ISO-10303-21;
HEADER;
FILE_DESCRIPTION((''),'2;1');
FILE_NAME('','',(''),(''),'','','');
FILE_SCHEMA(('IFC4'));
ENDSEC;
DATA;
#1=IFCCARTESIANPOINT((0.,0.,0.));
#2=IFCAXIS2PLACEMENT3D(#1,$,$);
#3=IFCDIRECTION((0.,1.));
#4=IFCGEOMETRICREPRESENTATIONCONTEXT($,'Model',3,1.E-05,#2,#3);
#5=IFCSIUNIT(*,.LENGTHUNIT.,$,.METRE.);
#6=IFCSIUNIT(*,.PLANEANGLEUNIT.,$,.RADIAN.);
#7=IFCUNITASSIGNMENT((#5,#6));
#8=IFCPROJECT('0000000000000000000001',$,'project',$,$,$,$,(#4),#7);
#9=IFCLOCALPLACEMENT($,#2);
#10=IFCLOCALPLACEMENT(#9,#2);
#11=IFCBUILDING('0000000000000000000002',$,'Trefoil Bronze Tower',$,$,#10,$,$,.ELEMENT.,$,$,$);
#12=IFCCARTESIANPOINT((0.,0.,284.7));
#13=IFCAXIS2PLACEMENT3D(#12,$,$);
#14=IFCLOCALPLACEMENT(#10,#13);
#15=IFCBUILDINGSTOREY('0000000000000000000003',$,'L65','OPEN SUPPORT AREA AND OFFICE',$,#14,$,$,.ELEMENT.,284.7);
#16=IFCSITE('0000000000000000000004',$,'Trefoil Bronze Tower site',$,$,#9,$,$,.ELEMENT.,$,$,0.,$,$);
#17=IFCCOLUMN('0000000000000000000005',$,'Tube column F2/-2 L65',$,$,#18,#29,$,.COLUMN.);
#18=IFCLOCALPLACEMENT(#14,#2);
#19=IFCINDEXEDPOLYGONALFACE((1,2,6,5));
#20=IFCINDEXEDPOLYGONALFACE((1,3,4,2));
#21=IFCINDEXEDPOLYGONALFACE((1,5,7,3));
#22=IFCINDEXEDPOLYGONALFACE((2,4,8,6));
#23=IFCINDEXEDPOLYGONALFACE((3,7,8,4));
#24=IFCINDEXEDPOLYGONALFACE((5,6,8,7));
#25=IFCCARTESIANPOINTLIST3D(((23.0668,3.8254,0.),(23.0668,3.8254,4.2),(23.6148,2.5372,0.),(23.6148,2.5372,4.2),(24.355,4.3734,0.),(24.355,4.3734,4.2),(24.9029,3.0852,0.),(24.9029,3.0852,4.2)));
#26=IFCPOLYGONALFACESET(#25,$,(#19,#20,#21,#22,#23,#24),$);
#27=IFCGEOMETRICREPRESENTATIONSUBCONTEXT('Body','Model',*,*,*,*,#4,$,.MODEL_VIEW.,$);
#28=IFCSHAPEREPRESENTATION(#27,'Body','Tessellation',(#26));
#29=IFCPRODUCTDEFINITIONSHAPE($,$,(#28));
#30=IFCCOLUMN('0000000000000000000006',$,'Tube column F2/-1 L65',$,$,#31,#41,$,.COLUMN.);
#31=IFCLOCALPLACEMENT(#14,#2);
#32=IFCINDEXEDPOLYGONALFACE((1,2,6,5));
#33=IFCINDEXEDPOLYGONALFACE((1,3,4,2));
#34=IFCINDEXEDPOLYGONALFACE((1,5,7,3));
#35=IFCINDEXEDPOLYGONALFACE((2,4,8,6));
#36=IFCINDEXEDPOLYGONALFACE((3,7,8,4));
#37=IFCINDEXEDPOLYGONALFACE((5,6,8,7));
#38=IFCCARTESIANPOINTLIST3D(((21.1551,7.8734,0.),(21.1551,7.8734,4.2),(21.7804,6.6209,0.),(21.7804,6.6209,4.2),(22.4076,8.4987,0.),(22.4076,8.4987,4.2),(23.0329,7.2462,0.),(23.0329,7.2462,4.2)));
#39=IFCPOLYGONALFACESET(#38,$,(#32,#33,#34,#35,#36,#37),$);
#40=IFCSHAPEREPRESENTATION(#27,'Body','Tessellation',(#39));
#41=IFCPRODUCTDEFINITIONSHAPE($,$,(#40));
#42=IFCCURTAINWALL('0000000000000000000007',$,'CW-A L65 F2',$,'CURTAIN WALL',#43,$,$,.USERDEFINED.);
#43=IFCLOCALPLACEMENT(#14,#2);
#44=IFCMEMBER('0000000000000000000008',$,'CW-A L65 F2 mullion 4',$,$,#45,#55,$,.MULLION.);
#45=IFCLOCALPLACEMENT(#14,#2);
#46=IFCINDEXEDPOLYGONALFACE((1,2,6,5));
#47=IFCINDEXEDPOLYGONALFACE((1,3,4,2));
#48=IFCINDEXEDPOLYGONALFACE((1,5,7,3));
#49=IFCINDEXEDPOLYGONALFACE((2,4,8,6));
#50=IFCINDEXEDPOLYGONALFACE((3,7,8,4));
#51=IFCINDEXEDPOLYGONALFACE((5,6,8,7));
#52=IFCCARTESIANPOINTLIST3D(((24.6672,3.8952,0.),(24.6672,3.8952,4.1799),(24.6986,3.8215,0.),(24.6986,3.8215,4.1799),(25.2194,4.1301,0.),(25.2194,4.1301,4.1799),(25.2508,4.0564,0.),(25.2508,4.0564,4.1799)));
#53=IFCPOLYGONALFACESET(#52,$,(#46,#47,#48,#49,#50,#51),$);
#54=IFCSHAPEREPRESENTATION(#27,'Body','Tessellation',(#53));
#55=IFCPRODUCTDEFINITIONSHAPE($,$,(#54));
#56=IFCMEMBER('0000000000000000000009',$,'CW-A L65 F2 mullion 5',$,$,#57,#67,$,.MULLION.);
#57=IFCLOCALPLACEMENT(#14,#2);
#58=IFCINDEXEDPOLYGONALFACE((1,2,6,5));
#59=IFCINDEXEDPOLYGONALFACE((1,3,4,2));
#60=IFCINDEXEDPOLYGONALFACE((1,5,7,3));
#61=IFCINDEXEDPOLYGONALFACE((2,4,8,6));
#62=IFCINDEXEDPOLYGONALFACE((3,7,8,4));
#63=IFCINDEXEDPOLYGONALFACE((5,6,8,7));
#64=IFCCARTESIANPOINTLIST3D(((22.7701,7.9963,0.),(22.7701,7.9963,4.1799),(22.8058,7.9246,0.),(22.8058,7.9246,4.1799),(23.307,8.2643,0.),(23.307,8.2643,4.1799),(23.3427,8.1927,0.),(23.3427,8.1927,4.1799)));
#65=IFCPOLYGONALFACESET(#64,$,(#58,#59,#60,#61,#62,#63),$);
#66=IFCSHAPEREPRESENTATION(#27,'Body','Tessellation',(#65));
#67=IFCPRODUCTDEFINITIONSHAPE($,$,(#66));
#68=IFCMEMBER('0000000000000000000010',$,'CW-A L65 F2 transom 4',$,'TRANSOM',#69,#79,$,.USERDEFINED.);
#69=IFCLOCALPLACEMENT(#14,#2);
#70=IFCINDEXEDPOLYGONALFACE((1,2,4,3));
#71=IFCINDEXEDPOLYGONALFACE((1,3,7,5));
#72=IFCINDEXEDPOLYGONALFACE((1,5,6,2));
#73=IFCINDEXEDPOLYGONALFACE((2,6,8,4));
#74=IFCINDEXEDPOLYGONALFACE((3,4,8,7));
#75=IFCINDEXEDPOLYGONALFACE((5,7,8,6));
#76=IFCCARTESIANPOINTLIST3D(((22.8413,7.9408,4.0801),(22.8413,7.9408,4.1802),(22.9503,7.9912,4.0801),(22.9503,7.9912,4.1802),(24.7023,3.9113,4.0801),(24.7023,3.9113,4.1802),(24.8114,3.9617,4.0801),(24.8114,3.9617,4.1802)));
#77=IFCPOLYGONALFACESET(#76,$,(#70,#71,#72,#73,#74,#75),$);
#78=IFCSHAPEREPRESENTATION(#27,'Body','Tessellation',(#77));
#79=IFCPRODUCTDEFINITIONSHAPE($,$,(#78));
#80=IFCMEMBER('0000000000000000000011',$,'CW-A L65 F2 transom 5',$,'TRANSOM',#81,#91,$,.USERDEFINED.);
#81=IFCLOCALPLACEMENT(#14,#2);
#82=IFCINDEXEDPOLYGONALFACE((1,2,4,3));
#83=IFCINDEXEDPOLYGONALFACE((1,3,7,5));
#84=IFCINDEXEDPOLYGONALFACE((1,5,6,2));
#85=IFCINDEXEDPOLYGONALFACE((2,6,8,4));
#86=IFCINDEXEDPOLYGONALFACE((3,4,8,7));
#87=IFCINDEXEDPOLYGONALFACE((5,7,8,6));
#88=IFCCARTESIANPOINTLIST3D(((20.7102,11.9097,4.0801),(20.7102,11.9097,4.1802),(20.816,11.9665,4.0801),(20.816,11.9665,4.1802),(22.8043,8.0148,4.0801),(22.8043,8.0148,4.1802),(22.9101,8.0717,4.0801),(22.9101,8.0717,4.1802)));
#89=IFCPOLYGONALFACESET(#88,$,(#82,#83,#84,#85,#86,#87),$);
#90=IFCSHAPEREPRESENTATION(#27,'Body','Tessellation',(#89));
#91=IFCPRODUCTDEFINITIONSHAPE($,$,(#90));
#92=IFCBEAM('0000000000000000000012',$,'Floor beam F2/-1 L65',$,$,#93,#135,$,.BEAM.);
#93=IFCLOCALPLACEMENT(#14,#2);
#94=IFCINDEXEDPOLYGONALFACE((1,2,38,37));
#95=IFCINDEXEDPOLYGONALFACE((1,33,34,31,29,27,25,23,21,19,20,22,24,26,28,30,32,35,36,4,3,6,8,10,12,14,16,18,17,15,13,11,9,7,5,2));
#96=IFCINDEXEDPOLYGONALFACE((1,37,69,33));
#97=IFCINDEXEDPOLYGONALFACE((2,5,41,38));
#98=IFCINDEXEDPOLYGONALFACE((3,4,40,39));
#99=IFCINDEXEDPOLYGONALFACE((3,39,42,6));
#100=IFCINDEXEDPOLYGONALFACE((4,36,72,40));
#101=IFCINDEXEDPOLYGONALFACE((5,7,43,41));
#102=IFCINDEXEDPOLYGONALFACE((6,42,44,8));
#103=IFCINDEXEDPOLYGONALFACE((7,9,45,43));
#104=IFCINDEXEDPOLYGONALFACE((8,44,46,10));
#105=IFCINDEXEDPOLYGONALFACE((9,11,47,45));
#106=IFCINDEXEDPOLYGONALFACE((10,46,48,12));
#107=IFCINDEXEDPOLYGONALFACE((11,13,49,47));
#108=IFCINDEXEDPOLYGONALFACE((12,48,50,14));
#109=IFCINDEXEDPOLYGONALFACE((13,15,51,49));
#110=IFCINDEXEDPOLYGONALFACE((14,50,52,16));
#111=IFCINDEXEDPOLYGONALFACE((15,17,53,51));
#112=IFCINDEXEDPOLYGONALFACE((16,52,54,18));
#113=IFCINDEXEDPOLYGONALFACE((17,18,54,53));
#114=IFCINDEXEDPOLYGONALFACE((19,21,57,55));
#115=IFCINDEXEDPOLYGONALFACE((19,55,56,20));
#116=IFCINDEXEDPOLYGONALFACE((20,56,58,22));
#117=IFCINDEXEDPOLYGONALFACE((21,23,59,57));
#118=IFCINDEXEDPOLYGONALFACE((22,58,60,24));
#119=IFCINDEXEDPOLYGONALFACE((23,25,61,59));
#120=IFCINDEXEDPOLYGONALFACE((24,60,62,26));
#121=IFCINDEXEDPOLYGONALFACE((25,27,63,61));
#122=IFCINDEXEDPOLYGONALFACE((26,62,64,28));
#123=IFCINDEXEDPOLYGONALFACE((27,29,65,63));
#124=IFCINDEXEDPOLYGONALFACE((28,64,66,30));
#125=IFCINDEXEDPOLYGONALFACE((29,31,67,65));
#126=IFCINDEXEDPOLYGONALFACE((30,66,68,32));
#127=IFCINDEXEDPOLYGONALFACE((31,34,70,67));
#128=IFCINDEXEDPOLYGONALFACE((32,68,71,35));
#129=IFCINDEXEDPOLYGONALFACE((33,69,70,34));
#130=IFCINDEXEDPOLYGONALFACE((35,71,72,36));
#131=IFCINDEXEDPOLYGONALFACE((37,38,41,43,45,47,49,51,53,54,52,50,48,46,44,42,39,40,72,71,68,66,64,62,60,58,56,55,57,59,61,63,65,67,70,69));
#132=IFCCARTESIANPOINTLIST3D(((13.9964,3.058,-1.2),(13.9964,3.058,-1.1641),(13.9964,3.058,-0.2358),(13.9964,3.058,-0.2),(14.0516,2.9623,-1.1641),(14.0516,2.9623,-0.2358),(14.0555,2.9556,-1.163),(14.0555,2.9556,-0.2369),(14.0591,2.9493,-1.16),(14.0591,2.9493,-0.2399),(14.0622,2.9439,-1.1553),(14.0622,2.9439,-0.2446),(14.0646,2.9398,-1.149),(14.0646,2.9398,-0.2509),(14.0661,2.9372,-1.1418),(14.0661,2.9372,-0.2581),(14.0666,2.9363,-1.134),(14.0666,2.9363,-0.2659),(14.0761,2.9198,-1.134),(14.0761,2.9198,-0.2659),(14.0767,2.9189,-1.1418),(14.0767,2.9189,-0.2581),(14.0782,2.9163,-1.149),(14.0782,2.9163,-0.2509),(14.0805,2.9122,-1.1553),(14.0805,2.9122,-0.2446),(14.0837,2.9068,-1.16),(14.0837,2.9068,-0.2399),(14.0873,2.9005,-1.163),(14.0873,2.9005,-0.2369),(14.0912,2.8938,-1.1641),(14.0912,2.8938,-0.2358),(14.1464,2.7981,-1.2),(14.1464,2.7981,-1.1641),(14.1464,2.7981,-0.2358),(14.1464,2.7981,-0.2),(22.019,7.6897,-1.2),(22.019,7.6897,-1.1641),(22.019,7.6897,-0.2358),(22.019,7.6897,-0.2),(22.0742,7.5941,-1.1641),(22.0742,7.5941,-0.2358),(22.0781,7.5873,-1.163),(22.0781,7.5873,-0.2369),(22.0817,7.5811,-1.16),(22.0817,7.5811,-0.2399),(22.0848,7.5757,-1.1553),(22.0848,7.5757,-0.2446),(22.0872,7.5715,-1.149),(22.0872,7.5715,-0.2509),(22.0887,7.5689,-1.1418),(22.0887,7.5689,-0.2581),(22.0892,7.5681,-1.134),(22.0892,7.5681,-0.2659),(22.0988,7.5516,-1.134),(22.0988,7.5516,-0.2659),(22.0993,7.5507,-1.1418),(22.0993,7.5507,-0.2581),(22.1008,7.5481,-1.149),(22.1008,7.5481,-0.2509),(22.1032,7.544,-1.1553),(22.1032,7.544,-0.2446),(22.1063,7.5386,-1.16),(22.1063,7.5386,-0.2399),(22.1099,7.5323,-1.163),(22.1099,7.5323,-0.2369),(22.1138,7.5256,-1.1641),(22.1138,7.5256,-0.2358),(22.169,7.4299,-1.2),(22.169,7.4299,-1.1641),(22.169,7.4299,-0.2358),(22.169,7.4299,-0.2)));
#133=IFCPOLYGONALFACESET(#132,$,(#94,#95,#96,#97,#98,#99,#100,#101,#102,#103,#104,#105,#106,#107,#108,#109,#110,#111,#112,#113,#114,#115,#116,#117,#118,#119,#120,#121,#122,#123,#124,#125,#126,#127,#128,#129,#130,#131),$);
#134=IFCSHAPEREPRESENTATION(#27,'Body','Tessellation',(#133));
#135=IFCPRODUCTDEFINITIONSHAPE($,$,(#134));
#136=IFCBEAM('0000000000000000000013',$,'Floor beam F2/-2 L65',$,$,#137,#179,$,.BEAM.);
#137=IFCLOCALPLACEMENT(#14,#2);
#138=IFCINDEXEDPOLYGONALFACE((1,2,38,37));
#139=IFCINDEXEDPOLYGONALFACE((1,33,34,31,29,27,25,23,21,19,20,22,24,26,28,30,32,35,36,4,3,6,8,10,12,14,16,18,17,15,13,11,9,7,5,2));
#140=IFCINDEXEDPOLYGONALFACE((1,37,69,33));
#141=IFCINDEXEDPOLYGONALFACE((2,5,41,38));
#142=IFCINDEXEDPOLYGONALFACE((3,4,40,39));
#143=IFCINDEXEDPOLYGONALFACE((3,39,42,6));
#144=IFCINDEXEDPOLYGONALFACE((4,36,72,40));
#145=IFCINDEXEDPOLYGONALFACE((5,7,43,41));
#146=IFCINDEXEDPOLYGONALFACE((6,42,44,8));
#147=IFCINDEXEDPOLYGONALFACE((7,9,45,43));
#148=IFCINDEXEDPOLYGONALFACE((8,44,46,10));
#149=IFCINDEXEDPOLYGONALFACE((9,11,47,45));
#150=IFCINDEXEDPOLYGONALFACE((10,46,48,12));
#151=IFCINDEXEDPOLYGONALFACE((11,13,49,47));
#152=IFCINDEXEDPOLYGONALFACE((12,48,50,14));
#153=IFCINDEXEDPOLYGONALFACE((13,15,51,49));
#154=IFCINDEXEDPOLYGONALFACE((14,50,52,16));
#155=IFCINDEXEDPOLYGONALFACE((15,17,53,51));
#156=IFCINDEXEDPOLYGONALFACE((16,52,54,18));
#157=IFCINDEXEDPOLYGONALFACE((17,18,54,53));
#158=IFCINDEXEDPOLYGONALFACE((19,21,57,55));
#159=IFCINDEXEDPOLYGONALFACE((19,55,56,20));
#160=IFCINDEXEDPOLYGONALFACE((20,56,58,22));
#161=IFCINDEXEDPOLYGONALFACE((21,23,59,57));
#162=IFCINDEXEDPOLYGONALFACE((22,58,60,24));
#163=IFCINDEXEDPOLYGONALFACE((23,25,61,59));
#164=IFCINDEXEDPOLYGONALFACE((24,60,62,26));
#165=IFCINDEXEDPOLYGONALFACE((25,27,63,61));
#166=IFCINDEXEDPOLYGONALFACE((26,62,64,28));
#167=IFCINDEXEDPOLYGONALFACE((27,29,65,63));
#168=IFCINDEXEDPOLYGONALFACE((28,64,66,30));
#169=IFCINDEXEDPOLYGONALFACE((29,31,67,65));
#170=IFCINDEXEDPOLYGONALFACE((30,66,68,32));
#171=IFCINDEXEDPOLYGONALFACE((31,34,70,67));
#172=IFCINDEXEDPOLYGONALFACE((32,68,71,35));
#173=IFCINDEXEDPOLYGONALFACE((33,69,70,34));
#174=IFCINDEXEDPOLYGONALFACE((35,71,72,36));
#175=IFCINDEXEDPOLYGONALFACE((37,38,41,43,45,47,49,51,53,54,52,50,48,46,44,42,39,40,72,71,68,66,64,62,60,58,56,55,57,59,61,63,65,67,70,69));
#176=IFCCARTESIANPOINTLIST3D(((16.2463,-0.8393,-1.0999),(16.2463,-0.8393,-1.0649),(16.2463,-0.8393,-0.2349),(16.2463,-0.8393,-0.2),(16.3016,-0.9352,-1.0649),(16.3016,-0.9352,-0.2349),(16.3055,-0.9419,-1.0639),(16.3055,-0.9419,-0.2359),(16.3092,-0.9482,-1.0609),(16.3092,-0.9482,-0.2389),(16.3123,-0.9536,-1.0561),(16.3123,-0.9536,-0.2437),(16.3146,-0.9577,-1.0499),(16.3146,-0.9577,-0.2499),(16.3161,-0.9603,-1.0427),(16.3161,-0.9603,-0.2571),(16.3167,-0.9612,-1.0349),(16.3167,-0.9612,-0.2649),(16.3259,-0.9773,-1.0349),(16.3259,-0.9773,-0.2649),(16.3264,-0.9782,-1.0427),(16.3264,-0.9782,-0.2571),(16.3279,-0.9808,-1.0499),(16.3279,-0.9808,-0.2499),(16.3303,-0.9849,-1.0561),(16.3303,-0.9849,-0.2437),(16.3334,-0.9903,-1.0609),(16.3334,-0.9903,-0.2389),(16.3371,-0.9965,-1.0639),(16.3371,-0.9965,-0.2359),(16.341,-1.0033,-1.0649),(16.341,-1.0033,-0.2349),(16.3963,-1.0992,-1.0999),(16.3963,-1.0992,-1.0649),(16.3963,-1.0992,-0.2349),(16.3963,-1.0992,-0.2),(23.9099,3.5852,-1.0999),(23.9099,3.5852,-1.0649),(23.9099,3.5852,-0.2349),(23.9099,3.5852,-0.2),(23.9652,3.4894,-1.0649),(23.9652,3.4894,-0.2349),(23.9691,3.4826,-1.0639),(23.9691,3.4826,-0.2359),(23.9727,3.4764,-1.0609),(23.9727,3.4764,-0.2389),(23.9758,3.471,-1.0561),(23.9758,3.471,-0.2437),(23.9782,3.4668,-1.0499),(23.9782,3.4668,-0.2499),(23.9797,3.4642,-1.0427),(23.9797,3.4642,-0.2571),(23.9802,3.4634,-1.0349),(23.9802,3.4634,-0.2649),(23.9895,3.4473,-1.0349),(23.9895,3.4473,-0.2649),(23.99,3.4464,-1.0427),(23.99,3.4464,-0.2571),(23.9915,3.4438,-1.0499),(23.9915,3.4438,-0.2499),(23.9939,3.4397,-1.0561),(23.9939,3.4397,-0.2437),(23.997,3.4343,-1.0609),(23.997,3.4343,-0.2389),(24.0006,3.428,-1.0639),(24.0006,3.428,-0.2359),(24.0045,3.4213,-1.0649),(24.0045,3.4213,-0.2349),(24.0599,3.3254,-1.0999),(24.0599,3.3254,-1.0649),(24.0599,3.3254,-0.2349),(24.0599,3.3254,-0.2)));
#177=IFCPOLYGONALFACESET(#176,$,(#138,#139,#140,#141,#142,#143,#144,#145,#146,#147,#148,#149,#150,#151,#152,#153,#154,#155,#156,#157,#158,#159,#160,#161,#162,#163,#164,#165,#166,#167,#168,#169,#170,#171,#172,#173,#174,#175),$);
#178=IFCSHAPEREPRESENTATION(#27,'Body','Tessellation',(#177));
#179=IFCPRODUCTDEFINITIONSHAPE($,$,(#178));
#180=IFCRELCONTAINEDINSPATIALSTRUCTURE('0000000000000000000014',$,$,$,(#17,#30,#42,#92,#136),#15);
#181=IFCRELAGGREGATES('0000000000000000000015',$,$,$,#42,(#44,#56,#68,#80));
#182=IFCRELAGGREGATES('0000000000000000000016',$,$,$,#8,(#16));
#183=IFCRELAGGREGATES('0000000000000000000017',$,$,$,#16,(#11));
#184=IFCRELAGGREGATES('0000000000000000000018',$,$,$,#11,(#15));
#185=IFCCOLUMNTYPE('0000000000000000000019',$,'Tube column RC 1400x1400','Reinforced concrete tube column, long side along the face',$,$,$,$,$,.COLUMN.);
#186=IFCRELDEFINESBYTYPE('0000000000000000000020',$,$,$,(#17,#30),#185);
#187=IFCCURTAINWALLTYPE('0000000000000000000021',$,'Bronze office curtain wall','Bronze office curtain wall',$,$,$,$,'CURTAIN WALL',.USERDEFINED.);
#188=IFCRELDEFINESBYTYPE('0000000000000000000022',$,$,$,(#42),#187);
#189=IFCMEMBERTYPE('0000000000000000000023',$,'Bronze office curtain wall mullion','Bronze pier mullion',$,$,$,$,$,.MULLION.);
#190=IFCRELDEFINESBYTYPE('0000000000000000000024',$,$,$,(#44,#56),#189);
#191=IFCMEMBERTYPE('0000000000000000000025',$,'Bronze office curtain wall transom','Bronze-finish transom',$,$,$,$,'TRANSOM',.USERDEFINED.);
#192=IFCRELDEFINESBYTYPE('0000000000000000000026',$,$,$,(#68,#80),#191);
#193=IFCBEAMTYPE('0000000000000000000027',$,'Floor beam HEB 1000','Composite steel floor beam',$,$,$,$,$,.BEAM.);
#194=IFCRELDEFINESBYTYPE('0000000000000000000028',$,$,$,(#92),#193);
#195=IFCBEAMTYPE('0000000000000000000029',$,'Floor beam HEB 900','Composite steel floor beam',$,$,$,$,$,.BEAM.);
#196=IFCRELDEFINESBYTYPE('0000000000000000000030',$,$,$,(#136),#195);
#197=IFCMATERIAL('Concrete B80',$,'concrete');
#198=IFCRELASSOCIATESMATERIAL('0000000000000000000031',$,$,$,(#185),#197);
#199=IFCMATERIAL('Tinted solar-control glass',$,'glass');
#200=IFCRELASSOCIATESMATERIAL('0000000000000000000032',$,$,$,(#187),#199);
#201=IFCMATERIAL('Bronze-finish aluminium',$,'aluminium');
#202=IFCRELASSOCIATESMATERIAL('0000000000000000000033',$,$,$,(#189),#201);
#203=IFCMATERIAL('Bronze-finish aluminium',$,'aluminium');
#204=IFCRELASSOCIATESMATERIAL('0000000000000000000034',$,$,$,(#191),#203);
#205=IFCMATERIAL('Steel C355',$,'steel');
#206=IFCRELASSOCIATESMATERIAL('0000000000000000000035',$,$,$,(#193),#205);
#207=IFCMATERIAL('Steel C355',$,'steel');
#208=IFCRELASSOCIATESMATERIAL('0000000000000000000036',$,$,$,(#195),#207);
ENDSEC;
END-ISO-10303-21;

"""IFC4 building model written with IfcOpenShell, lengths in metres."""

from ifc_helpers import new_model, si_unit, direction, frame, origin, origin_2d, place, context, subcontext, project, spatial, rectangle, i_section, extrude, material, material_profile, profile_set, type_object, element, aggregate, save


model = new_model("IFC4")

# Units and contexts
model_context = context("Model", 3, precision=1e-05, world=origin(), true_north=direction((0.0, 1.0)))
body_context = subcontext(model_context, "Body", "Model", "MODEL_VIEW")
ifc_project = project(units=[si_unit("LENGTHUNIT", "METRE"), si_unit("PLANEANGLEUNIT", "RADIAN")], contexts=[model_context])

# Site, building, storey
site_placement = place(None, origin())
site = spatial("IfcSite", under=ifc_project, at=site_placement, Name="Trefoil Bronze Tower site", CompositionType="ELEMENT", RefElevation=0.0)
building_placement = place(site_placement, origin())
building = spatial("IfcBuilding", under=site, at=building_placement, Name="Trefoil Bronze Tower", CompositionType="ELEMENT")
storey_placement = place(building_placement, frame((0.0, 0.0, 284.7)))
storey = spatial("IfcBuildingStorey", under=building, at=storey_placement, Name="L65", Description="OPEN SUPPORT AREA AND OFFICE", CompositionType="ELEMENT", Elevation=284.7)

# Columns
ifc_material_1 = material(Name="Concrete B80", Category="concrete")
ifc_material_profile_1 = material_profile(ifc_material_1, rectangle(XDim=1.3999, YDim=1.3999, at=origin_2d()), Name="RC 1400x1400")
ifc_profile_set_1 = profile_set([ifc_material_profile_1], Name="Concrete B80")
column_type = type_object("IfcColumnType", Name="Tube column RC 1400x1400", Description="Reinforced concrete tube column, long side along the face", PredefinedType="COLUMN", material=ifc_profile_set_1)
for number, where, z_axis, x_axis, name in (
    (1, (23.9849, 3.4553, 0.0), (0.0, 0.0, 1.0), (-0.391436, 0.920205, 0.0), "Tube column F2/-2 L65"),
    (2, (22.094, 7.5598, 0.0), (0.0, 0.0, 1.0), (-0.446641, 0.894713, 0.0), "Tube column F2/-1 L65"),
):
    element("IfcColumn", number, at=place(storey_placement, frame(where, z_axis=z_axis, x_axis=x_axis)), inside=storey, type_object=column_type, Name=name, PredefinedType="COLUMN", context=body_context, shape_type="SweptSolid", body=[
        extrude(rectangle(XDim=1.3999, YDim=1.3999, at=origin_2d()), origin(), (0.0, 0.0, 1.0), 4.2),
    ])

# Curtain wall, members
ifc_material_2 = material(Name="Tinted solar-control glass", Category="glass")
curtain_wall_type = type_object("IfcCurtainWallType", Name="Bronze office curtain wall", Description="Bronze office curtain wall", ElementType="CURTAIN WALL", PredefinedType="USERDEFINED", material=ifc_material_2)
curtain_wall_placement = place(storey_placement, origin())
curtain_wall = element("IfcCurtainWall", 3, at=curtain_wall_placement, inside=storey, type_object=curtain_wall_type, Name="CW-A L65 F2", ObjectType="CURTAIN WALL", PredefinedType="USERDEFINED")
ifc_material_3 = material(Name="Bronze-finish aluminium", Category="aluminium")
ifc_material_profile_2 = material_profile(ifc_material_3, rectangle(XDim=0.6001, YDim=0.0801, at=origin_2d()), Name="CW-A mullion")
ifc_profile_set_2 = profile_set([ifc_material_profile_2], Name="Bronze-finish aluminium")
member_type_1 = type_object("IfcMemberType", Name="Bronze office curtain wall mullion", Description="Bronze pier mullion", PredefinedType="MULLION", material=ifc_profile_set_2)
member_1_placement = place(storey_placement, frame((24.959, 3.9758, 0.0), z_axis=(0.0, 0.0, 1.0), x_axis=(-0.920205, -0.391436, 0.0)))
member_1 = element("IfcMember", 4, at=member_1_placement, type_object=member_type_1, Name="CW-A L65 F2 mullion 4", PredefinedType="MULLION", context=body_context, shape_type="SweptSolid", body=[
    extrude(rectangle(XDim=0.6001, YDim=0.0801, at=origin_2d()), origin(), (0.0, 0.0, 1.0), 4.1799),
])
member_2_placement = place(storey_placement, frame((23.0564, 8.0945, 0.0), z_axis=(0.0, 0.0, 1.0), x_axis=(-0.894713, -0.446641, 0.0)))
member_2 = element("IfcMember", 5, at=member_2_placement, type_object=member_type_1, Name="CW-A L65 F2 mullion 5", PredefinedType="MULLION", context=body_context, shape_type="SweptSolid", body=[
    extrude(rectangle(XDim=0.6001, YDim=0.0801, at=origin_2d()), origin(), (0.0, 0.0, 1.0), 4.1799),
])
ifc_material_4 = material(Name="Bronze-finish aluminium", Category="aluminium")
ifc_material_profile_3 = material_profile(ifc_material_4, rectangle(XDim=0.1201, YDim=0.1001, at=origin_2d()), Name="CW-A transom")
ifc_profile_set_3 = profile_set([ifc_material_profile_3], Name="Bronze-finish aluminium")
member_type_2 = type_object("IfcMemberType", Name="Bronze office curtain wall transom", Description="Bronze-finish transom", ElementType="TRANSOM", PredefinedType="USERDEFINED", material=ifc_profile_set_3)
member_3_placement = place(storey_placement, frame((24.7568, 3.9365, 4.1301), z_axis=(-0.419299, 0.907848, 0.0), x_axis=(-0.907848, -0.419299, 0.0)))
member_3 = element("IfcMember", 6, at=member_3_placement, type_object=member_type_2, Name="CW-A L65 F2 transom 4", ObjectType="TRANSOM", PredefinedType="USERDEFINED", context=body_context, shape_type="SweptSolid", body=[
    extrude(rectangle(XDim=0.1201, YDim=0.1001, at=origin_2d()), origin(), (0.0, 0.0, 1.0), 4.4385),
])
member_4_placement = place(storey_placement, frame((22.8572, 8.0432, 4.1301), z_axis=(-0.47354, 0.880772, 0.0), x_axis=(-0.880772, -0.47354, 0.0)))
member_4 = element("IfcMember", 7, at=member_4_placement, type_object=member_type_2, Name="CW-A L65 F2 transom 5", ObjectType="TRANSOM", PredefinedType="USERDEFINED", context=body_context, shape_type="SweptSolid", body=[
    extrude(rectangle(XDim=0.1201, YDim=0.1001, at=origin_2d()), origin(), (0.0, 0.0, 1.0), 4.4221),
])

# Beams
ifc_material_5 = material(Name="Steel C355", Category="steel")
ifc_material_profile_4 = material_profile(ifc_material_5, i_section(OverallWidth=0.3, OverallDepth=1.0, WebThickness=0.019, FlangeThickness=0.0359, FilletRadius=0.03, at=origin_2d()), Name="HEB 1000")
ifc_profile_set_4 = profile_set([ifc_material_profile_4], Name="Steel C355")
beam_type_1 = type_object("IfcBeamType", Name="Floor beam HEB 1000", Description="Composite steel floor beam", PredefinedType="BEAM", material=ifc_profile_set_4)
beam_1_placement = place(storey_placement, frame((22.094, 7.5598, -0.7), z_axis=(-0.866029, -0.499994, 0.0), x_axis=(0.499994, -0.866029, 0.0)))
element("IfcBeam", 8, at=beam_1_placement, inside=storey, type_object=beam_type_1, Name="Floor beam F2/-1 L65", PredefinedType="BEAM", context=body_context, shape_type="SweptSolid", body=[
    extrude(i_section(OverallWidth=0.3, OverallDepth=1.0, WebThickness=0.019, FlangeThickness=0.0359, FilletRadius=0.03, at=origin_2d()), origin(), (0.0, 0.0, 1.0), 9.2637),
])
ifc_material_6 = material(Name="Steel C355", Category="steel")
ifc_material_profile_5 = material_profile(ifc_material_6, i_section(OverallWidth=0.3, OverallDepth=0.8999, WebThickness=0.0186, FlangeThickness=0.0349, FilletRadius=0.03, at=origin_2d()), Name="HEB 900")
ifc_profile_set_5 = profile_set([ifc_material_profile_5], Name="Steel C355")
beam_type_2 = type_object("IfcBeamType", Name="Floor beam HEB 900", Description="Composite steel floor beam", PredefinedType="BEAM", material=ifc_profile_set_5)
beam_2_placement = place(storey_placement, frame((23.9849, 3.4553, -0.6499), z_axis=(-0.866026, -0.499999, 0.0), x_axis=(0.499999, -0.866026, 0.0)))
element("IfcBeam", 9, at=beam_2_placement, inside=storey, type_object=beam_type_2, Name="Floor beam F2/-2 L65", PredefinedType="BEAM", context=body_context, shape_type="SweptSolid", body=[
    extrude(i_section(OverallWidth=0.3, OverallDepth=0.8999, WebThickness=0.0186, FlangeThickness=0.0349, FilletRadius=0.03, at=origin_2d()), origin(), (0.0, 0.0, 1.0), 8.8491),
])

aggregate(curtain_wall, [member_1, member_2, member_3, member_4])

save(model, "model.ifc")
